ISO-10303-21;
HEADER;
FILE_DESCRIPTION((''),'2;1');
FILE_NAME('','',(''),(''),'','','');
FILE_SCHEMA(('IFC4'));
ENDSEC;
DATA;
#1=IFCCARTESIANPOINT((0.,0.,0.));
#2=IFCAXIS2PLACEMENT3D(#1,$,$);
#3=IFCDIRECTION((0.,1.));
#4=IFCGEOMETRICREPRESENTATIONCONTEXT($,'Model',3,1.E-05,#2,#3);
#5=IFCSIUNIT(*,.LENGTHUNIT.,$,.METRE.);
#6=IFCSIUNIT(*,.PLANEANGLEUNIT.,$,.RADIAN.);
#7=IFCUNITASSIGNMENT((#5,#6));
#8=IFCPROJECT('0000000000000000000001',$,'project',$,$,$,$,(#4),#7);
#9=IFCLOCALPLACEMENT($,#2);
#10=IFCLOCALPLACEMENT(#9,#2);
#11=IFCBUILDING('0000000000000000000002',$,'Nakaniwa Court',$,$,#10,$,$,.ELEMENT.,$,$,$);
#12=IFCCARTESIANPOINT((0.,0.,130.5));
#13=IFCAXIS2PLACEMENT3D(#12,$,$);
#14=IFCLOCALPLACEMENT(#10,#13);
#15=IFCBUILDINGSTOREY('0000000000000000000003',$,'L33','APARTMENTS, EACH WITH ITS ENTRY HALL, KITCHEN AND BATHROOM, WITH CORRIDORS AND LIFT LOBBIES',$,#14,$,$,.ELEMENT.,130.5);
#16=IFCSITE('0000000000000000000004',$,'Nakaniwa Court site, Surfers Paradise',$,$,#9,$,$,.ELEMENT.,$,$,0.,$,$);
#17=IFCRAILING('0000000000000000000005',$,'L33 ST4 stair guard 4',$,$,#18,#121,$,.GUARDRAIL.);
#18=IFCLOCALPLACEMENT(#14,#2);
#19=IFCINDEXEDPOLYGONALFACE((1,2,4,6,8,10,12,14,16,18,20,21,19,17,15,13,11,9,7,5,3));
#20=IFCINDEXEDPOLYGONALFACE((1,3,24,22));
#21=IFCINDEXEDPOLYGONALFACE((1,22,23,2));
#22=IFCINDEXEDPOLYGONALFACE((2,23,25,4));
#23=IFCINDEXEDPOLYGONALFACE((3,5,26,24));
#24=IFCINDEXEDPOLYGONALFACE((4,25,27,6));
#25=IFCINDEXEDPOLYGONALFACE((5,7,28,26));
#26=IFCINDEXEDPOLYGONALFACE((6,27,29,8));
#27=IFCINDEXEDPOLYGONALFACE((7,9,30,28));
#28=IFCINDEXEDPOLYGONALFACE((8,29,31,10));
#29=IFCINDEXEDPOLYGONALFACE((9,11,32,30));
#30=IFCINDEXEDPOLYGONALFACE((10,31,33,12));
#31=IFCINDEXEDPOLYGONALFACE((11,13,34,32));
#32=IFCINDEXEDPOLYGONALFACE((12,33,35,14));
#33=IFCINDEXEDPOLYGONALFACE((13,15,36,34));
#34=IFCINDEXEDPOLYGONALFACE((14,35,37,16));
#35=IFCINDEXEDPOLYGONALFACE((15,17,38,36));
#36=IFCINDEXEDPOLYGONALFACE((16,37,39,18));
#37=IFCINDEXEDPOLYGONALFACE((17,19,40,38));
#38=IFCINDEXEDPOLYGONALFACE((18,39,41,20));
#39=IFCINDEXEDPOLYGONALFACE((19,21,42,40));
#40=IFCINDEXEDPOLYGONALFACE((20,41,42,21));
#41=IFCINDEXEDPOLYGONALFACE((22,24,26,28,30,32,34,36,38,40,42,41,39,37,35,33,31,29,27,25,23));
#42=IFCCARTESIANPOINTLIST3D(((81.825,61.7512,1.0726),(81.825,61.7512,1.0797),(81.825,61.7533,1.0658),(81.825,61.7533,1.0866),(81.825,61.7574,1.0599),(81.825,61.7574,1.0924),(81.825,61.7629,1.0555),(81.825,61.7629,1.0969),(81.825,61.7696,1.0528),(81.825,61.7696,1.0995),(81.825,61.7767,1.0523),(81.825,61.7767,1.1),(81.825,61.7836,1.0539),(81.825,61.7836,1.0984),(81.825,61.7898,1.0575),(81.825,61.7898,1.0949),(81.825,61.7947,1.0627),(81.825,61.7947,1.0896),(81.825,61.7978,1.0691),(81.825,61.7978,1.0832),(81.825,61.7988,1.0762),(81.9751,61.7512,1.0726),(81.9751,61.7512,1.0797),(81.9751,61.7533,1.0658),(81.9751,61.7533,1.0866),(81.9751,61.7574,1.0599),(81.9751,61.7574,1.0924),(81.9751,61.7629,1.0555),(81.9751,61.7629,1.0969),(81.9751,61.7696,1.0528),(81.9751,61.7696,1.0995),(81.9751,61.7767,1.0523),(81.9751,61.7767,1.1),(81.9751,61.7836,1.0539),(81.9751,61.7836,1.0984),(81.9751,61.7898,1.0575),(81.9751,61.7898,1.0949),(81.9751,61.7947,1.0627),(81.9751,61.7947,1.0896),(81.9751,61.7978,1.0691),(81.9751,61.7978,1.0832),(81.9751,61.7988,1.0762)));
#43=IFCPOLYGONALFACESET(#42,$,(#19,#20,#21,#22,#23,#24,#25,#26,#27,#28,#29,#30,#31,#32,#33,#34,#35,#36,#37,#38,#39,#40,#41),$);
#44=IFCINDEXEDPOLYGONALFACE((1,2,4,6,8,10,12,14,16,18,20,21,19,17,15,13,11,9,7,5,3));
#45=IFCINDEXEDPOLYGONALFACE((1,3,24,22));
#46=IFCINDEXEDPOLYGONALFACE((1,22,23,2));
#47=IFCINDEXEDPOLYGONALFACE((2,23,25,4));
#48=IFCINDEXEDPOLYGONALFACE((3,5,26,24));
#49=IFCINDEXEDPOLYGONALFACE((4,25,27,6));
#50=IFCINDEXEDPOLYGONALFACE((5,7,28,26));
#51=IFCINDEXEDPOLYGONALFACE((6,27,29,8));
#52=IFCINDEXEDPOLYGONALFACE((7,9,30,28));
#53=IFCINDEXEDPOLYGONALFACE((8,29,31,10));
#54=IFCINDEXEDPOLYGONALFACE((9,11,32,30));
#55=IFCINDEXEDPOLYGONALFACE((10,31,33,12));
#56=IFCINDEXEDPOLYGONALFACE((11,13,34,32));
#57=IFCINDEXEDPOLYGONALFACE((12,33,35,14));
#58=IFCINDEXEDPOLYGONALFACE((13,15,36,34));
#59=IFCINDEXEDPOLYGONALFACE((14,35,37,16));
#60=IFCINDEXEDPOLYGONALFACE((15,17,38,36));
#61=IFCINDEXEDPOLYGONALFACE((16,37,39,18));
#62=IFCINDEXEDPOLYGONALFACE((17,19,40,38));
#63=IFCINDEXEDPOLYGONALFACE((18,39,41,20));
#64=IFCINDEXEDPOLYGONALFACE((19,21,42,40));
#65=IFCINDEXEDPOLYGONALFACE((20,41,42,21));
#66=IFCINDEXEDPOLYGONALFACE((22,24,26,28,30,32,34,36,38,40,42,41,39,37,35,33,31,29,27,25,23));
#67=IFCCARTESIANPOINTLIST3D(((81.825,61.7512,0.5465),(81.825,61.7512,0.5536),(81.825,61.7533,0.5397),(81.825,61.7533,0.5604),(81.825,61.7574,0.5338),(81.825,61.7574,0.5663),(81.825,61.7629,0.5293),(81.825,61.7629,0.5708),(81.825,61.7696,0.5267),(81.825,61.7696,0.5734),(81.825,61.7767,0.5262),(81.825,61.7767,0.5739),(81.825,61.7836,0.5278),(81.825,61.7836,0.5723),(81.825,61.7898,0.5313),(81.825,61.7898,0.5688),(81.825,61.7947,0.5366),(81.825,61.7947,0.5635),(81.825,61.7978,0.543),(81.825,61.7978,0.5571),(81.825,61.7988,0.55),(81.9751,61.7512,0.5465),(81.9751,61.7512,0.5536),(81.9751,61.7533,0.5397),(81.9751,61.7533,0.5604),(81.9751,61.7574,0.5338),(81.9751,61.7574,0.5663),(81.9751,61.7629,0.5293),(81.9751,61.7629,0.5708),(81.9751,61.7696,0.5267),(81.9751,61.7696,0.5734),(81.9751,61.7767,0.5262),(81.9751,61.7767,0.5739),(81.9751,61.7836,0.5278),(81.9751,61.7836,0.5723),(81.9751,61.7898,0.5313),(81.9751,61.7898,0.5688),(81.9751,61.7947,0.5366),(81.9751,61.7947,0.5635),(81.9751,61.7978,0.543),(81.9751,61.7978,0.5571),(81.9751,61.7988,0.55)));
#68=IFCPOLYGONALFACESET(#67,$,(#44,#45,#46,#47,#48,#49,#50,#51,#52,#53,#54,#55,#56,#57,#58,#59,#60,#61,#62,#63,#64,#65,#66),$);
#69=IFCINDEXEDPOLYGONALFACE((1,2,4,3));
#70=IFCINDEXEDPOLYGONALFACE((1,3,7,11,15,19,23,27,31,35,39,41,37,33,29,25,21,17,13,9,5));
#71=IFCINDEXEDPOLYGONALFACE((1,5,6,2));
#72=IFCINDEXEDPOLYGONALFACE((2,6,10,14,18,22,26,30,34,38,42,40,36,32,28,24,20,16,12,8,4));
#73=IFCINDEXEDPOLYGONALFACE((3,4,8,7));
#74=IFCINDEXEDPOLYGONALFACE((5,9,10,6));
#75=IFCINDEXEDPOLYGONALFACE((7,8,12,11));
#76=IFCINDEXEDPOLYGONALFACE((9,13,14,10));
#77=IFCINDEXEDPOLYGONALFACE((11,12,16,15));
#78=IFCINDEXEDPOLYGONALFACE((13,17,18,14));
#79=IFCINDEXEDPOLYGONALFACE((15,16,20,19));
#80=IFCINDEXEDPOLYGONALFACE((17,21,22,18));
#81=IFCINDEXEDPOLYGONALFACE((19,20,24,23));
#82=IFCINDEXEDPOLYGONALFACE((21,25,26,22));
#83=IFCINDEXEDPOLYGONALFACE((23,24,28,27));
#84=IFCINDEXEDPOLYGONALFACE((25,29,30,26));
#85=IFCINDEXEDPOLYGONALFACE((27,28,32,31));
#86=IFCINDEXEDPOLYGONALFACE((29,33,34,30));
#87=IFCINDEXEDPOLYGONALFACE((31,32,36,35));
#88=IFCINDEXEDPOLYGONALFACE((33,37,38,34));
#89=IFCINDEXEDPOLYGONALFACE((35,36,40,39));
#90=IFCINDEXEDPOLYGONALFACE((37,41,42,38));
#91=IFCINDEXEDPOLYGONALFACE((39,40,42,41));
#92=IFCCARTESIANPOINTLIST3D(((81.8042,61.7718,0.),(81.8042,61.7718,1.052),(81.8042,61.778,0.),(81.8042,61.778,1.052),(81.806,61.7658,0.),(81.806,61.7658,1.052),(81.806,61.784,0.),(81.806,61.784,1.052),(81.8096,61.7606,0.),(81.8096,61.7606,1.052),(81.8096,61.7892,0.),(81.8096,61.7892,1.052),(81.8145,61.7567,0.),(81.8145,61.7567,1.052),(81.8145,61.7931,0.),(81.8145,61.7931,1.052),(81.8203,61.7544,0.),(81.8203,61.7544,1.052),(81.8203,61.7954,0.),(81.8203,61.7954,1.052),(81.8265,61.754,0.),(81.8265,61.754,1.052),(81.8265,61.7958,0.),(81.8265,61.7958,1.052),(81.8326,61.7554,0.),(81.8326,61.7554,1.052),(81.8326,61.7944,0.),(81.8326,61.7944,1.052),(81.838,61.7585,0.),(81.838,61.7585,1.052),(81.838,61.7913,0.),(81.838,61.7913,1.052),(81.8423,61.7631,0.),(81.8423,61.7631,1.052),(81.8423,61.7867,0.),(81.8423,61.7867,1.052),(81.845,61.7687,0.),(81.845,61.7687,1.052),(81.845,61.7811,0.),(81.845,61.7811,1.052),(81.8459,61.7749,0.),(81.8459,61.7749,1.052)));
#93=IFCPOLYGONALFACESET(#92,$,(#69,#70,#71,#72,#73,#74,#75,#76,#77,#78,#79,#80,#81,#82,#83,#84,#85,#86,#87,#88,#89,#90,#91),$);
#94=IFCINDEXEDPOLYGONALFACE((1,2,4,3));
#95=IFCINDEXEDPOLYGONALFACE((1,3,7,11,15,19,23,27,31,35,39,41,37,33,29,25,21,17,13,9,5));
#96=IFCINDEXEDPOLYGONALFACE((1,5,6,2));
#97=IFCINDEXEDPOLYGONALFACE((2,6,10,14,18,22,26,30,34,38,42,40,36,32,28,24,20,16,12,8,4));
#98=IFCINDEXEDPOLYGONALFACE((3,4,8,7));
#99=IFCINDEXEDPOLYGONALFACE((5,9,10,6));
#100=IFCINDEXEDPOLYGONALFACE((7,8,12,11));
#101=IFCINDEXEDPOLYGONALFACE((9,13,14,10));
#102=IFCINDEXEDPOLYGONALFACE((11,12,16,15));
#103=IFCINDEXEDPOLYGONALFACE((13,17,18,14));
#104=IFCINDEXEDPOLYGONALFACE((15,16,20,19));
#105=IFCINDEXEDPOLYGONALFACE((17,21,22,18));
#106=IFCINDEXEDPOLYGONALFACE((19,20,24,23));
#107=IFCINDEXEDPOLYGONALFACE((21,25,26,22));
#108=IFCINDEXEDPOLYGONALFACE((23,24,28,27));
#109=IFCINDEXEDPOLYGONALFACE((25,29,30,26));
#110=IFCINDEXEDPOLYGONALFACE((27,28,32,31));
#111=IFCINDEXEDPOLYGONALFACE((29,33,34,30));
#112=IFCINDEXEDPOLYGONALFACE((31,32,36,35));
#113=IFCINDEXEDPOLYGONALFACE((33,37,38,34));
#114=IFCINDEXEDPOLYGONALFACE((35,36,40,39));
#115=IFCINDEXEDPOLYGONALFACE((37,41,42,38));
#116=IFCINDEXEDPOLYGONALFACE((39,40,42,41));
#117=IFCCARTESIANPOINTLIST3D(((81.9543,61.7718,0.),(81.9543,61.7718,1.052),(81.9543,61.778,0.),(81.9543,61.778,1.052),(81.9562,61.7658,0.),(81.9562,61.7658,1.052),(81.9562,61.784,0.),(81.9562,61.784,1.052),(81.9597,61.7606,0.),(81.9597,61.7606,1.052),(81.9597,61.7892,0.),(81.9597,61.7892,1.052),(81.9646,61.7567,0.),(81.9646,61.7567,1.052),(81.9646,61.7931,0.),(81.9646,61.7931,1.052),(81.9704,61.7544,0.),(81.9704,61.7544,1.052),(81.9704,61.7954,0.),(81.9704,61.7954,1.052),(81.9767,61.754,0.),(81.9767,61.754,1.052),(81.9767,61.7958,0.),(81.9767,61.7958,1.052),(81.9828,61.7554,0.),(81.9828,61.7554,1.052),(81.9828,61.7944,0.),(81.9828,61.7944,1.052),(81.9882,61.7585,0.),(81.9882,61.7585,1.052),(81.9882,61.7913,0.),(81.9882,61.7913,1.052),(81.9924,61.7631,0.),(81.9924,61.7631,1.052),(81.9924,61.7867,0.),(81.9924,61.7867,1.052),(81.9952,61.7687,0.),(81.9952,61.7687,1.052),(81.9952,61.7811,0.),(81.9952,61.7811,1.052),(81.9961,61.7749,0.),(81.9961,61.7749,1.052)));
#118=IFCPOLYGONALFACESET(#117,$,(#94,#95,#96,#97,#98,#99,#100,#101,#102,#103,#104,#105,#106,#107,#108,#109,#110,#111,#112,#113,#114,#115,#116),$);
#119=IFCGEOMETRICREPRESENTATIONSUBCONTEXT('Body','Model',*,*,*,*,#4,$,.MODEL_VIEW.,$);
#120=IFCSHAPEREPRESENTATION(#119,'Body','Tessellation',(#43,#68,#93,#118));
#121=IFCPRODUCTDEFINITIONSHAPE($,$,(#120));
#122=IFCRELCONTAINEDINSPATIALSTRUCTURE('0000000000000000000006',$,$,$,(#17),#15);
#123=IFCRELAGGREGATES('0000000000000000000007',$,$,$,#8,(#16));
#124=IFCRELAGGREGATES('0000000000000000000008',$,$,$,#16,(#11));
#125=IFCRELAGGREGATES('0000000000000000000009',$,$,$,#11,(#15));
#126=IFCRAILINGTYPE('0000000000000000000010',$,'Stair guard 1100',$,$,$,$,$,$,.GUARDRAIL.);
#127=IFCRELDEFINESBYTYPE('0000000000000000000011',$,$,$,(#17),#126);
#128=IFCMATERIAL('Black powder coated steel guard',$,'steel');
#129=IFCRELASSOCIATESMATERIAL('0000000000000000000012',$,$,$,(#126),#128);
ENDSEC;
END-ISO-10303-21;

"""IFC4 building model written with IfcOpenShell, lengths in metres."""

from ifc_helpers import new_model, si_unit, direction, frame, origin, origin_2d, place, context, subcontext, project, spatial, circle, extrude, material, type_object, element, save


model = new_model("IFC4")

# Units and contexts
model_context = context("Model", 3, precision=1e-05, world=origin(), true_north=direction((0.0, 1.0)))
body_context = subcontext(model_context, "Body", "Model", "MODEL_VIEW")
ifc_project = project(units=[si_unit("LENGTHUNIT", "METRE"), si_unit("PLANEANGLEUNIT", "RADIAN")], contexts=[model_context])

# Site, building, storey
site_placement = place(None, origin())
site = spatial("IfcSite", under=ifc_project, at=site_placement, Name="Nakaniwa Court site, Surfers Paradise", CompositionType="ELEMENT", RefElevation=0.0)
building_placement = place(site_placement, origin())
building = spatial("IfcBuilding", under=site, at=building_placement, Name="Nakaniwa Court", CompositionType="ELEMENT")
storey_placement = place(building_placement, frame((0.0, 0.0, 130.5)))
storey = spatial("IfcBuildingStorey", under=building, at=storey_placement, Name="L33", Description="APARTMENTS, EACH WITH ITS ENTRY HALL, KITCHEN AND BATHROOM, WITH CORRIDORS AND LIFT LOBBIES", CompositionType="ELEMENT", Elevation=130.5)

# Railing
ifc_material_1 = material(Name="Black powder coated steel guard", Category="steel")
railing_type_1 = type_object("IfcRailingType", Name="Stair guard 1100", PredefinedType="GUARDRAIL", material=ifc_material_1)
railing_1_placement = place(storey_placement, frame((81.825, 61.7749, 0.0)))
element("IfcRailing", 1, at=railing_1_placement, inside=storey, type_object=railing_type_1, Name="L33 ST4 stair guard 4", PredefinedType="GUARDRAIL", context=body_context, shape_type="SweptSolid", body=[
    extrude(circle(Radius=0.0239, at=origin_2d()), frame((0.0, 0.0, 1.0762), z_axis=(1.0, 0.0, 0.0), x_axis=(0.0, 1.0, 0.0)), (0.0, 0.0, 1.0), 0.1501),
    extrude(circle(Radius=0.0239, at=origin_2d()), frame((0.0, 0.0, 0.55), z_axis=(1.0, 0.0, 0.0), x_axis=(0.0, 1.0, 0.0)), (0.0, 0.0, 1.0), 0.1501),
    extrude(circle(Radius=0.021, at=origin_2d()), origin(), (0.0, 0.0, 1.0), 1.052),
    extrude(circle(Radius=0.021, at=origin_2d()), frame((0.1501, 0.0, 0.0)), (0.0, 0.0, 1.0), 1.052),
])

save(model, "model.ifc")
